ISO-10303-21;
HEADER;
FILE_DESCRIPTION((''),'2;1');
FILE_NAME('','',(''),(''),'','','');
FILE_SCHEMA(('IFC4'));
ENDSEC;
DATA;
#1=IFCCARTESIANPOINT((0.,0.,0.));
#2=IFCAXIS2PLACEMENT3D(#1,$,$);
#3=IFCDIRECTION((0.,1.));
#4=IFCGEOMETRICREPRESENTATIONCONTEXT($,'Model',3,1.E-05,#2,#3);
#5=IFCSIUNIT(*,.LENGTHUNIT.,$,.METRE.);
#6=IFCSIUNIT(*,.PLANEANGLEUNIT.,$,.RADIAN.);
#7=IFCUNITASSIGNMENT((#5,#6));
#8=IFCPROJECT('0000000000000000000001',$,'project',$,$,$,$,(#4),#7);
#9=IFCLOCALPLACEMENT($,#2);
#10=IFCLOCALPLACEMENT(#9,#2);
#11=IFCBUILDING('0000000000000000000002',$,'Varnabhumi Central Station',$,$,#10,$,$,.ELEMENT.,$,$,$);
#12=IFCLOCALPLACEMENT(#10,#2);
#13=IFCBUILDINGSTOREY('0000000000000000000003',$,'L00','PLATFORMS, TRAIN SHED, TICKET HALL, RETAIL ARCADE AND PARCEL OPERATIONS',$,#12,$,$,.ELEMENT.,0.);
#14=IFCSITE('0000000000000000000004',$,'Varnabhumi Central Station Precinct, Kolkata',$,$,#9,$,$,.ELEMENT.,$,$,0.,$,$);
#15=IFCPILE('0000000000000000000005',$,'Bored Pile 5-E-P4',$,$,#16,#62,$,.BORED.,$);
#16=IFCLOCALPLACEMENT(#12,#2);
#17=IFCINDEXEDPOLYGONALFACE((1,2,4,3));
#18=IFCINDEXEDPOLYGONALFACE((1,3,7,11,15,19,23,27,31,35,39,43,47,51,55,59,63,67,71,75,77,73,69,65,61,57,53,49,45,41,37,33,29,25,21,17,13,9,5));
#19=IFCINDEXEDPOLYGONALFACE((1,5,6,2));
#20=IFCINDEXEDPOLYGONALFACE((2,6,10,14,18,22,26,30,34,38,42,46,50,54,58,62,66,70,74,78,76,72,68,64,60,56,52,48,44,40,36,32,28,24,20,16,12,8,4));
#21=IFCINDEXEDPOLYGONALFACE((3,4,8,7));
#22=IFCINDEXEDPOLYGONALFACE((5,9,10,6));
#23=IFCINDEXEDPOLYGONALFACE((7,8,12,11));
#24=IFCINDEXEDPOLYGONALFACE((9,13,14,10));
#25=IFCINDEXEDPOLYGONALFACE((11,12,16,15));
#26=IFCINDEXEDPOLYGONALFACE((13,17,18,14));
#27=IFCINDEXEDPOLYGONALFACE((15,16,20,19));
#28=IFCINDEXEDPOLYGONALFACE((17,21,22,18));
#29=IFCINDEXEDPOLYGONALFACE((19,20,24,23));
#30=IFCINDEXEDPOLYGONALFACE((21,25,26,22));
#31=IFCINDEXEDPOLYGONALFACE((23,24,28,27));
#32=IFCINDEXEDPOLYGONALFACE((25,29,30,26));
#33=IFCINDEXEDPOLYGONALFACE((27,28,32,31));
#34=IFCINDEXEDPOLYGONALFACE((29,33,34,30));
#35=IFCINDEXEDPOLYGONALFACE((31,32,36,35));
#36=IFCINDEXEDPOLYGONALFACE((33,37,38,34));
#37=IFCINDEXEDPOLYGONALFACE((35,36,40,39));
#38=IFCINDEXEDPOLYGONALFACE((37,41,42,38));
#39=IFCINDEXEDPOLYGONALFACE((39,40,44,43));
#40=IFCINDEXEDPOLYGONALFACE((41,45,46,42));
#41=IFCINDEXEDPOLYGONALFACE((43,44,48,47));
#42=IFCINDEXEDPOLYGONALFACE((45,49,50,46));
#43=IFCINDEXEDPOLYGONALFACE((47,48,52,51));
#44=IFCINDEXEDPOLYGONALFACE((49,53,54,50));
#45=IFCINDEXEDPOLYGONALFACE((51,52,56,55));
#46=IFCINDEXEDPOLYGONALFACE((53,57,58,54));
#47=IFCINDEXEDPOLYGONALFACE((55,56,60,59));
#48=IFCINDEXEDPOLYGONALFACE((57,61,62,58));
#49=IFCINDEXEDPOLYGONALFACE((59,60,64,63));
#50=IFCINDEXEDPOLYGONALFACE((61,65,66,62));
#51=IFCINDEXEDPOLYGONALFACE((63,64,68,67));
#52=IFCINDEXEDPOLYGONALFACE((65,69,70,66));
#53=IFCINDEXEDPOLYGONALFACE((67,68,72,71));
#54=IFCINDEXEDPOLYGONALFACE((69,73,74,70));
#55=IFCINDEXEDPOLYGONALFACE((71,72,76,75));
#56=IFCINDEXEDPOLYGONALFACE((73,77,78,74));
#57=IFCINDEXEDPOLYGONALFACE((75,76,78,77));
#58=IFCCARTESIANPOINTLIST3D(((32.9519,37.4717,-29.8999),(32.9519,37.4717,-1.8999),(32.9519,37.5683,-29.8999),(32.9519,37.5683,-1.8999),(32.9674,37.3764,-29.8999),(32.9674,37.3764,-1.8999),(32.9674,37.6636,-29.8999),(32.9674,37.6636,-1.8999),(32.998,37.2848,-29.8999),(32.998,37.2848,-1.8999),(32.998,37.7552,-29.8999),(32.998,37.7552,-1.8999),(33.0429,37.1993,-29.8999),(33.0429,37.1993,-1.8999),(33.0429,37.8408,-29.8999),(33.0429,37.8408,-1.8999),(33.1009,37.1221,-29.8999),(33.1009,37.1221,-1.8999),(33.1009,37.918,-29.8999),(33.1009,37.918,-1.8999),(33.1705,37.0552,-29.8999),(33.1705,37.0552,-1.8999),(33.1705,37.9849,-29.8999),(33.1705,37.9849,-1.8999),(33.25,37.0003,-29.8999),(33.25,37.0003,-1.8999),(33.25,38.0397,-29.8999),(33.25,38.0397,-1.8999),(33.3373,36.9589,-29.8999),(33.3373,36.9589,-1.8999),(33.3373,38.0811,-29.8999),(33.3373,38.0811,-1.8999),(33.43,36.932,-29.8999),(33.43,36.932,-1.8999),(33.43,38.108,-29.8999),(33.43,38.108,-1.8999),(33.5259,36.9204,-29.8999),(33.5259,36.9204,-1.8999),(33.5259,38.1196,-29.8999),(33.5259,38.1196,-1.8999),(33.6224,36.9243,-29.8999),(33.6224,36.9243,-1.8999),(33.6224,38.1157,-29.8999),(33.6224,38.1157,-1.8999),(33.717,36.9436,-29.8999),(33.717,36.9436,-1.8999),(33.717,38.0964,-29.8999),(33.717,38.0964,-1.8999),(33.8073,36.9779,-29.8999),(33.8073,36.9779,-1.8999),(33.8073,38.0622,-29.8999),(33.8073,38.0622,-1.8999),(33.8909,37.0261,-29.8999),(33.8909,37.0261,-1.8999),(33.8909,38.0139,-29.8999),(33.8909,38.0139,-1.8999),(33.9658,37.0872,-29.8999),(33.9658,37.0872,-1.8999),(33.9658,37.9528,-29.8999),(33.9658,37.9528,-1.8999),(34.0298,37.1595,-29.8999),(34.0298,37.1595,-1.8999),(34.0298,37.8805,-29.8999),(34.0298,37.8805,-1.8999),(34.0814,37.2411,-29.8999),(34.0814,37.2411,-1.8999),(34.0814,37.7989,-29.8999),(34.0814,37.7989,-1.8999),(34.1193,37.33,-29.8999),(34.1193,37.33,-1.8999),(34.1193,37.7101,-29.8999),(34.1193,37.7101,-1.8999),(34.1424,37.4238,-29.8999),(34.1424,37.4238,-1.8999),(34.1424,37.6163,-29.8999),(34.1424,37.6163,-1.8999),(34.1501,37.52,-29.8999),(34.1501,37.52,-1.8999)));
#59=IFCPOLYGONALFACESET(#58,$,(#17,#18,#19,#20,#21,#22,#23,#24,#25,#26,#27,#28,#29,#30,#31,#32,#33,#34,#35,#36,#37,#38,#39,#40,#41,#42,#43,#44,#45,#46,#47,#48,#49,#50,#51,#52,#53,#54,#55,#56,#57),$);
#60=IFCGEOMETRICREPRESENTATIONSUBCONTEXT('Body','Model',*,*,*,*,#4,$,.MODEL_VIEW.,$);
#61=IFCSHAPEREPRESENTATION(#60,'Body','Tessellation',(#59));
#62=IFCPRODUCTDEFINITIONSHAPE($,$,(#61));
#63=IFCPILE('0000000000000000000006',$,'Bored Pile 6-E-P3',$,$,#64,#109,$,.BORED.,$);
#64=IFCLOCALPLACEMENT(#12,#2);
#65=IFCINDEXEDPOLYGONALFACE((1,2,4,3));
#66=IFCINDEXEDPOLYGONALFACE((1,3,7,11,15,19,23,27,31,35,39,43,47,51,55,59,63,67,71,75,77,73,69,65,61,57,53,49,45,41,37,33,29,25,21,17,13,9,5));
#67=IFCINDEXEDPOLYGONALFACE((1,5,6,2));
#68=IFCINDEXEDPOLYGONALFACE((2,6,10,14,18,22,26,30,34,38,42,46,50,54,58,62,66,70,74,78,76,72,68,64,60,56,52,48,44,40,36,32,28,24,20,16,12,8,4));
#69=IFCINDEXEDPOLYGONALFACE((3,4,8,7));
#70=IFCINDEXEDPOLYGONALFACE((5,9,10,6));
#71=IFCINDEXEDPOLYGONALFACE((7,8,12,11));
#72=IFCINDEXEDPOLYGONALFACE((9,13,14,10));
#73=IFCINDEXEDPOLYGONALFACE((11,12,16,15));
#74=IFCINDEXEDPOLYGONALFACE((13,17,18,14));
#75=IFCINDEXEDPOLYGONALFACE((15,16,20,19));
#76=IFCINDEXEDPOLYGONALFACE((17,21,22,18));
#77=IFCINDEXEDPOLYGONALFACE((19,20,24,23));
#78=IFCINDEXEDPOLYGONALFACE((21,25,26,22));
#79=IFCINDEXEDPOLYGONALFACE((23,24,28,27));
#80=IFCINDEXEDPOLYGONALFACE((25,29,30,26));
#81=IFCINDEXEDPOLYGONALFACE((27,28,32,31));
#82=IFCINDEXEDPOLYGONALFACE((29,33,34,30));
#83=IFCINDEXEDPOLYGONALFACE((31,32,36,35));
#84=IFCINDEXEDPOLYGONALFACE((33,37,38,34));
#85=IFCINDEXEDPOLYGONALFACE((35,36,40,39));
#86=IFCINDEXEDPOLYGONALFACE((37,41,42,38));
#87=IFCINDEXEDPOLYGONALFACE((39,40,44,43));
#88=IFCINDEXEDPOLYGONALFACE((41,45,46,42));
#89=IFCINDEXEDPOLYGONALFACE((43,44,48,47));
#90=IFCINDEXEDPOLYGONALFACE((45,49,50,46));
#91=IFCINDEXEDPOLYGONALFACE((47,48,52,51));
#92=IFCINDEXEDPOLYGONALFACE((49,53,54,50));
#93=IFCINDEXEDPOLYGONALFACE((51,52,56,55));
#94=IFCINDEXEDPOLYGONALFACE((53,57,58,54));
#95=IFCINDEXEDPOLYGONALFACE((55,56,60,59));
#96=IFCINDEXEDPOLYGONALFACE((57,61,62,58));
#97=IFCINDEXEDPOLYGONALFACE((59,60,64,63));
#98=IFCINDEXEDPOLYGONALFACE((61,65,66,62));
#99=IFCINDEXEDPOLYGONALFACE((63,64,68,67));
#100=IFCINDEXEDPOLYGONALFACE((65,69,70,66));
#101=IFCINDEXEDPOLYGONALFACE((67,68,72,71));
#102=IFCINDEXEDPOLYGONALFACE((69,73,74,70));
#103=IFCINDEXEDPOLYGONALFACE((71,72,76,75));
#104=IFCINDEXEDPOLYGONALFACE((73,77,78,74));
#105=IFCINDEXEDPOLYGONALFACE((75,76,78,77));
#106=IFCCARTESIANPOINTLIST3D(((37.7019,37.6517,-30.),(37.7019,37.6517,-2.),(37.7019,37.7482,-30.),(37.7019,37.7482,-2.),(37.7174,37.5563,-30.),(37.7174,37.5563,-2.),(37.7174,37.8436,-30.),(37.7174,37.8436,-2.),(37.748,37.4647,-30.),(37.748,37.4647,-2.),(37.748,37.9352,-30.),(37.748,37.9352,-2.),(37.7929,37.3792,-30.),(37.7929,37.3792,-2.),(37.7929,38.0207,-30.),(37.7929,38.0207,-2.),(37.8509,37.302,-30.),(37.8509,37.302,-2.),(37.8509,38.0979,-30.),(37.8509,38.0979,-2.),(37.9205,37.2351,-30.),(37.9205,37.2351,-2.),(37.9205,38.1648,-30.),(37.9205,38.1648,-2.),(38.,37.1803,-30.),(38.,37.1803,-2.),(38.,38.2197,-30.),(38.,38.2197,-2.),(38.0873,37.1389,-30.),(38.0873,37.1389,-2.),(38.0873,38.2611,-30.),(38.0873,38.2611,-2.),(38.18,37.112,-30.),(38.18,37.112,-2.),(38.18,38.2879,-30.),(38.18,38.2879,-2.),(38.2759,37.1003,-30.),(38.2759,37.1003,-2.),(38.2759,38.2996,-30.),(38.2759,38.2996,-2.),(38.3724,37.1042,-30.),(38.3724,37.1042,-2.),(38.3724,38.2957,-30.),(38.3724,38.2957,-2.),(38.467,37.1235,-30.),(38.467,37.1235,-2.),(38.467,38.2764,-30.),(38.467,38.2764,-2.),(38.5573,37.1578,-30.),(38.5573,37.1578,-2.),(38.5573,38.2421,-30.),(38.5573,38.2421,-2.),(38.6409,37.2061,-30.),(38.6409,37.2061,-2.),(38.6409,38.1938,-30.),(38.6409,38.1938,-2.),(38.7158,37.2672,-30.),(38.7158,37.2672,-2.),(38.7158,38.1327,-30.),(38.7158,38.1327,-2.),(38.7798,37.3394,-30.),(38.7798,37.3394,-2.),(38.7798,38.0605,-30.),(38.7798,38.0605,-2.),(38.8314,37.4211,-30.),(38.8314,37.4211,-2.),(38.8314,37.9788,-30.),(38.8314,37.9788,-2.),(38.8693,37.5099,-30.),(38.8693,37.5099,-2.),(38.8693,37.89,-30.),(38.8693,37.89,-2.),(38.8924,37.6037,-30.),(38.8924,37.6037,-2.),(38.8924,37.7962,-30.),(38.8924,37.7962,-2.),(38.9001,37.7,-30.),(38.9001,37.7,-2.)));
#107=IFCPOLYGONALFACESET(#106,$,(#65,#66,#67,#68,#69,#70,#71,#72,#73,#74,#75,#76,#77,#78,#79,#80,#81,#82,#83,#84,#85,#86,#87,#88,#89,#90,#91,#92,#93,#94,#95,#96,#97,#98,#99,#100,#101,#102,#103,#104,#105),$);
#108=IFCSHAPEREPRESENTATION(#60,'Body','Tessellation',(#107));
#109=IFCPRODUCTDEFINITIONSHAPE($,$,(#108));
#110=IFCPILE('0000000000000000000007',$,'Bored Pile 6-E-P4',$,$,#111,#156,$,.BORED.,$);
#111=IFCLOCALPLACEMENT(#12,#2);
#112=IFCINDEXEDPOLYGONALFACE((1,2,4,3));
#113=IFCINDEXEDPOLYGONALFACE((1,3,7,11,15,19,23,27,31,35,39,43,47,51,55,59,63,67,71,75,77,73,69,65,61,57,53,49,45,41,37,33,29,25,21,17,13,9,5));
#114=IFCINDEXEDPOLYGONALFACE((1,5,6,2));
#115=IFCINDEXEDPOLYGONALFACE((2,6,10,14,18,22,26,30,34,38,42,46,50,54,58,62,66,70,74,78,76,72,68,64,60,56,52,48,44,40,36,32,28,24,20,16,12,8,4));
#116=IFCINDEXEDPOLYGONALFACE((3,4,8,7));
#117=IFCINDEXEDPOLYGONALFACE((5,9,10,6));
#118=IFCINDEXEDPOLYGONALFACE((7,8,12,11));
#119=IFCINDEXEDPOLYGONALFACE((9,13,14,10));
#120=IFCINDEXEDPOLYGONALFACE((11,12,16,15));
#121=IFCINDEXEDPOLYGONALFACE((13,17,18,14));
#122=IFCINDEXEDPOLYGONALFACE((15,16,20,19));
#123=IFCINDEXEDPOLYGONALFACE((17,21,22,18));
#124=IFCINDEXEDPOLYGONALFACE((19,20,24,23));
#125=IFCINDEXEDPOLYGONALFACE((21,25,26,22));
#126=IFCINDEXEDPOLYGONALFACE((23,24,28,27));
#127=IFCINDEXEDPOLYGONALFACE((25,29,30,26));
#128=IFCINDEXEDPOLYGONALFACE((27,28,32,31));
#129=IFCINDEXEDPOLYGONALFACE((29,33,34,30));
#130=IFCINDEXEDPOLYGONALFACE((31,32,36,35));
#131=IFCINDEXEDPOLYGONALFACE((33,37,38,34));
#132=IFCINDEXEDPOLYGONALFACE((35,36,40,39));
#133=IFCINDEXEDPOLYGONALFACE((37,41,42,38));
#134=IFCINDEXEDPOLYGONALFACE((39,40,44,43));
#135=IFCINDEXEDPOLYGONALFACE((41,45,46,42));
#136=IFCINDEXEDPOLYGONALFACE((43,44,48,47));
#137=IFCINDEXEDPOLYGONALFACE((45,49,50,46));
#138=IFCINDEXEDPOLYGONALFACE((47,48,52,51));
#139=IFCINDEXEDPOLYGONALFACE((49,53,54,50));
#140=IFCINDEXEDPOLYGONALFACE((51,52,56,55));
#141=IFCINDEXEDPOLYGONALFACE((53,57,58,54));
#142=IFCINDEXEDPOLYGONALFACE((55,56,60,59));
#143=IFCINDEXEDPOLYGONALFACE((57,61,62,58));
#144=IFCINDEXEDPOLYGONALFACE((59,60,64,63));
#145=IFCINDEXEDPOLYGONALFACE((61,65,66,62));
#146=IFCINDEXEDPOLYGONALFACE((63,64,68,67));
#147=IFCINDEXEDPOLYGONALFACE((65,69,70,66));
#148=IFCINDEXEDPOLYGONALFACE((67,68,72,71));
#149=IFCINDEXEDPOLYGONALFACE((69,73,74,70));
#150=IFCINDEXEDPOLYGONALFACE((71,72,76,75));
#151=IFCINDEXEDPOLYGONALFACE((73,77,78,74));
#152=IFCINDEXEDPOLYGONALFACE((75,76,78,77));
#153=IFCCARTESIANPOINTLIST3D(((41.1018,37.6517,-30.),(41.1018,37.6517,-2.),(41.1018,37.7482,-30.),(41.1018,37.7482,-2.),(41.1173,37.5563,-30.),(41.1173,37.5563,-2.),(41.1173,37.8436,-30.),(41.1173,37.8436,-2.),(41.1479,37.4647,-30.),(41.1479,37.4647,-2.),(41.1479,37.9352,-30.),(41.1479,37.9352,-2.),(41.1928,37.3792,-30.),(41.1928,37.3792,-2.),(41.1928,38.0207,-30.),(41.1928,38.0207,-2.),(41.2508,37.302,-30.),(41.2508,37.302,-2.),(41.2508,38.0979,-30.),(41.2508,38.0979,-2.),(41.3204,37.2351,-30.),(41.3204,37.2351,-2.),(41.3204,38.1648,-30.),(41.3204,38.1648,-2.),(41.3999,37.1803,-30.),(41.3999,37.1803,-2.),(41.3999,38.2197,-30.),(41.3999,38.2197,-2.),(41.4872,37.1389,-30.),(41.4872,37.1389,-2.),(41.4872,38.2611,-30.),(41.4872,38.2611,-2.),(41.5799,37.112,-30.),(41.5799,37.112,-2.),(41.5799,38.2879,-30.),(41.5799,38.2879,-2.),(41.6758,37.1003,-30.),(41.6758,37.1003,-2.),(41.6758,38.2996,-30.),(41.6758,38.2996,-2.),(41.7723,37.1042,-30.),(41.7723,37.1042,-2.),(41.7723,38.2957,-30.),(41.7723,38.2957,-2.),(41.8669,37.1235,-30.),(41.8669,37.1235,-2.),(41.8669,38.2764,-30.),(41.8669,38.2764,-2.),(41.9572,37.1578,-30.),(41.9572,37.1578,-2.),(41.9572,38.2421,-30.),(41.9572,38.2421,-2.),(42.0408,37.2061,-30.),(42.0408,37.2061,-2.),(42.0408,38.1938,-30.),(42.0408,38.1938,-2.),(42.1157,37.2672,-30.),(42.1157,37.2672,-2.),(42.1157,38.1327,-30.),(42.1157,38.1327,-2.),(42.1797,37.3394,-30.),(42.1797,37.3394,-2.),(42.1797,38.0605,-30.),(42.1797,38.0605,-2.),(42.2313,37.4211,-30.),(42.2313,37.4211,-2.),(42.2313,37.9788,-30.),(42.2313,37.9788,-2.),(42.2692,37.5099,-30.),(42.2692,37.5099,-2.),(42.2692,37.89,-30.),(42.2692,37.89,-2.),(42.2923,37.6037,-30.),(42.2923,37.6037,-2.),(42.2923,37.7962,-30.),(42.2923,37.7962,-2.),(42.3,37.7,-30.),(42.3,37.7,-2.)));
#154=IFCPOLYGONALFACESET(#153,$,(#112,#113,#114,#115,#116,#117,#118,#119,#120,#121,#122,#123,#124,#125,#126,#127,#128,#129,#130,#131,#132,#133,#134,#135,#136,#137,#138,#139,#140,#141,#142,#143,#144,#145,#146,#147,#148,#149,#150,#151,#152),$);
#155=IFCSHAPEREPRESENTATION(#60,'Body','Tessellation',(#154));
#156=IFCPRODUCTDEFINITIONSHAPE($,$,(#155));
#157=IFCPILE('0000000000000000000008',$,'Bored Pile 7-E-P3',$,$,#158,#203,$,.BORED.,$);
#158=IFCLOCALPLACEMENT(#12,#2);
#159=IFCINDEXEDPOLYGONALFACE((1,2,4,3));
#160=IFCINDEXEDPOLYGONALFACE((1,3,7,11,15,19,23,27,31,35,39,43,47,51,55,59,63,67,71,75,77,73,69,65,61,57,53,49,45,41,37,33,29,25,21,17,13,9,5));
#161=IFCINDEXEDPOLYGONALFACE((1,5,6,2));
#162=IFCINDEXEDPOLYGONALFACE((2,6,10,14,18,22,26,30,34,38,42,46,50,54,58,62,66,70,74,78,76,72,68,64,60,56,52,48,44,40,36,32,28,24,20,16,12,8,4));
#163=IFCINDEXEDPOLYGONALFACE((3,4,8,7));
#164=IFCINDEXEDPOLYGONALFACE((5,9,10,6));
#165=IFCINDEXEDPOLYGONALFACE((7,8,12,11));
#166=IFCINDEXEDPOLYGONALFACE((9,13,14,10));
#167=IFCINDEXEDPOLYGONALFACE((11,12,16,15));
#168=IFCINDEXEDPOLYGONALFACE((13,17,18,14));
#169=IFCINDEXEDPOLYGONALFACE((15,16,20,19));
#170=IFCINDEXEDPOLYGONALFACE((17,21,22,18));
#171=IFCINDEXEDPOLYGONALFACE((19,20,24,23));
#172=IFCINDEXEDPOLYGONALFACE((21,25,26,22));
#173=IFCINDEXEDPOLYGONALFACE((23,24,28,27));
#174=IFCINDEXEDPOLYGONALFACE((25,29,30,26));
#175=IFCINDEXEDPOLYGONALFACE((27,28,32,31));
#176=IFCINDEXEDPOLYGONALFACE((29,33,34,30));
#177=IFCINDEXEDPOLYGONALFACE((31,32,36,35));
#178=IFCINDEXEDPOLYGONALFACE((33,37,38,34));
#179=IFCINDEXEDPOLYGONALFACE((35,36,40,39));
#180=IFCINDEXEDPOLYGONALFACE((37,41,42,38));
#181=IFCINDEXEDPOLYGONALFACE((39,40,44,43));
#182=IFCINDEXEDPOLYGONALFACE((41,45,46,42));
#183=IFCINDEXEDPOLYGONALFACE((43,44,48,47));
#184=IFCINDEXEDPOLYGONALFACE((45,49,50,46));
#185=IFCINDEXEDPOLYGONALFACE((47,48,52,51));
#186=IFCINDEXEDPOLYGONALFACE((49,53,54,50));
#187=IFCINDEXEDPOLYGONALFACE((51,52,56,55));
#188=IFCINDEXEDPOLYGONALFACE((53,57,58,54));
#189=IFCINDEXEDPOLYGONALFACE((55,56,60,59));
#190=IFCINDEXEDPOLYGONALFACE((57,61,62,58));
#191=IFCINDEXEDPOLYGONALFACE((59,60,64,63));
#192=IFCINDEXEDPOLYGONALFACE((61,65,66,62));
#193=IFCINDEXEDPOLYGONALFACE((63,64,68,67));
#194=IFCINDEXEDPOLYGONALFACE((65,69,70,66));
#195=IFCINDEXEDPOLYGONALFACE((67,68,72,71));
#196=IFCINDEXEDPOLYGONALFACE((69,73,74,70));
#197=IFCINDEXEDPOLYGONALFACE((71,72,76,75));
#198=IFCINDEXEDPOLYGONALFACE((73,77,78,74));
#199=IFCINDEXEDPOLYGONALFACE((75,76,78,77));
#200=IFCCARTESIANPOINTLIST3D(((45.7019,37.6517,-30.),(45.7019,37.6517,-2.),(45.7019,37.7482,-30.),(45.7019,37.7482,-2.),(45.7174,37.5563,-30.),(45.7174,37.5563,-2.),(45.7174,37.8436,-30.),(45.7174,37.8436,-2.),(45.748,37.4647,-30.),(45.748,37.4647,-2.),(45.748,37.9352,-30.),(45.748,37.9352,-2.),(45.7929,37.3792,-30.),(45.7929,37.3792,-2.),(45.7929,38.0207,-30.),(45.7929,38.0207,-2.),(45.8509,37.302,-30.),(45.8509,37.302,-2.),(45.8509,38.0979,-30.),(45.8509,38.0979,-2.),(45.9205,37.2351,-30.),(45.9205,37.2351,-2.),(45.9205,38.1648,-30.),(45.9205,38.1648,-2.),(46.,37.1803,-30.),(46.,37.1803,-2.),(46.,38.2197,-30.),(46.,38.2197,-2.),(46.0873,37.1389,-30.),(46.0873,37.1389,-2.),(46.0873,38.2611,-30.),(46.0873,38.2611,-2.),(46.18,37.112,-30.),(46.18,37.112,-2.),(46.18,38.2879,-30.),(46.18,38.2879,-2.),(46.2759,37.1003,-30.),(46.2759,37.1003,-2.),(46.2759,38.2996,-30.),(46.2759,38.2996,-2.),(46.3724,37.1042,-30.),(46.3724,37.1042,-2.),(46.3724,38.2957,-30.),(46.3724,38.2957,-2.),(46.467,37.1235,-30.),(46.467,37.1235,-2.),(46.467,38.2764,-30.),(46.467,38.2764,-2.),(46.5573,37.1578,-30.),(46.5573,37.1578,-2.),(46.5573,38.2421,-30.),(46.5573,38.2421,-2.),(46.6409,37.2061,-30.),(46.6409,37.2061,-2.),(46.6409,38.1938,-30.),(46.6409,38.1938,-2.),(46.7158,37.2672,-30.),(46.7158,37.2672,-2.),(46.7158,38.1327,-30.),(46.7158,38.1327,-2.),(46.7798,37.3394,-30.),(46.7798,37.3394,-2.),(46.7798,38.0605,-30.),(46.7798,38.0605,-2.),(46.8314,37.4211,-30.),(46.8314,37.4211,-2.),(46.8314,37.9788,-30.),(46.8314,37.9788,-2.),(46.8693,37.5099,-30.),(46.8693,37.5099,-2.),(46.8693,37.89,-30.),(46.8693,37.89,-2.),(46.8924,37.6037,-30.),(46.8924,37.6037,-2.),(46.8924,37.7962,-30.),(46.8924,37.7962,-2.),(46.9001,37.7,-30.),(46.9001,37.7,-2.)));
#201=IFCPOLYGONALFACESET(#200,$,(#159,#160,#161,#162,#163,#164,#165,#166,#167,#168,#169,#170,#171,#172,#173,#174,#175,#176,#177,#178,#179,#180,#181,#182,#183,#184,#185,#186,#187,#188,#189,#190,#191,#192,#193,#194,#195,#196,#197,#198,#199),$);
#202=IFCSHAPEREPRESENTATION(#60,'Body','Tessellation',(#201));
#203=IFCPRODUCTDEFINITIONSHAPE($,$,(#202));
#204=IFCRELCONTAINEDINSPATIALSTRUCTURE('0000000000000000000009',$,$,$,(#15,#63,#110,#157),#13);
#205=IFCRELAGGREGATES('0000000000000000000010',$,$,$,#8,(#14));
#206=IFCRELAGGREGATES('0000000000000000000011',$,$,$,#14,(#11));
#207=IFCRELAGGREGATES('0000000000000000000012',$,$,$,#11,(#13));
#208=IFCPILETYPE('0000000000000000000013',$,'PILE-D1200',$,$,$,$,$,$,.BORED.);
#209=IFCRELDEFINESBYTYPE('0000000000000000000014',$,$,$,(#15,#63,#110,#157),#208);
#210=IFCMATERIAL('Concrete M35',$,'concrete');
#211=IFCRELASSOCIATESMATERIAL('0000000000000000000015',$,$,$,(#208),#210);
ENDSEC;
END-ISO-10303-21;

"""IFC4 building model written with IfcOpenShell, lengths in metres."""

from ifc_helpers import new_model, si_unit, direction, frame, origin, origin_2d, place, context, subcontext, project, spatial, circle, extrude, material, material_profile, profile_set, type_object, element, save


model = new_model("IFC4")

# Units and contexts
model_context = context("Model", 3, precision=1e-05, world=origin(), true_north=direction((0.0, 1.0)))
body_context = subcontext(model_context, "Body", "Model", "MODEL_VIEW")
ifc_project = project(units=[si_unit("LENGTHUNIT", "METRE"), si_unit("PLANEANGLEUNIT", "RADIAN")], contexts=[model_context])

# Site, building, storey
site_placement = place(None, origin())
site = spatial("IfcSite", under=ifc_project, at=site_placement, Name="Varnabhumi Central Station Precinct, Kolkata", CompositionType="ELEMENT", RefElevation=0.0)
building_placement = place(site_placement, origin())
building = spatial("IfcBuilding", under=site, at=building_placement, Name="Varnabhumi Central Station", CompositionType="ELEMENT")
storey_placement = place(building_placement, origin())
storey = spatial("IfcBuildingStorey", under=building, at=storey_placement, Name="L00", Description="PLATFORMS, TRAIN SHED, TICKET HALL, RETAIL ARCADE AND PARCEL OPERATIONS", CompositionType="ELEMENT", Elevation=0.0)

# Piles
ifc_material_1 = material(Name="Concrete M35", Category="concrete")
ifc_material_profile_1 = material_profile(ifc_material_1, circle(Radius=0.6001, at=origin_2d()), Name="Concrete M35", Category="concrete")
ifc_profile_set_1 = profile_set([ifc_material_profile_1], Name="Concrete M35")
pile_type_1 = type_object("IfcPileType", Name="PILE-D1200", PredefinedType="BORED", material=ifc_profile_set_1)
for number, where, z_axis, x_axis, name in (
    (1, (33.55, 37.52, -1.8999), (0.0, 0.0, -1.0), (1.0, 0.0, 0.0), "Bored Pile 5-E-P4"),
    (2, (38.3, 37.7, -2.0), (0.0, 0.0, -1.0), (1.0, 0.0, 0.0), "Bored Pile 6-E-P3"),
    (3, (41.7, 37.7, -2.0), (0.0, 0.0, -1.0), (1.0, 0.0, 0.0), "Bored Pile 6-E-P4"),
    (4, (46.3, 37.7, -2.0), (0.0, 0.0, -1.0), (1.0, 0.0, 0.0), "Bored Pile 7-E-P3"),
):
    element("IfcPile", number, at=place(storey_placement, frame(where, z_axis=z_axis, x_axis=x_axis)), inside=storey, type_object=pile_type_1, Name=name, PredefinedType="BORED", context=body_context, shape_type="SweptSolid", body=[
        extrude(circle(Radius=0.6001, at=origin_2d()), origin(), (0.0, 0.0, 1.0), 28.0),
    ])

save(model, "model.ifc")
